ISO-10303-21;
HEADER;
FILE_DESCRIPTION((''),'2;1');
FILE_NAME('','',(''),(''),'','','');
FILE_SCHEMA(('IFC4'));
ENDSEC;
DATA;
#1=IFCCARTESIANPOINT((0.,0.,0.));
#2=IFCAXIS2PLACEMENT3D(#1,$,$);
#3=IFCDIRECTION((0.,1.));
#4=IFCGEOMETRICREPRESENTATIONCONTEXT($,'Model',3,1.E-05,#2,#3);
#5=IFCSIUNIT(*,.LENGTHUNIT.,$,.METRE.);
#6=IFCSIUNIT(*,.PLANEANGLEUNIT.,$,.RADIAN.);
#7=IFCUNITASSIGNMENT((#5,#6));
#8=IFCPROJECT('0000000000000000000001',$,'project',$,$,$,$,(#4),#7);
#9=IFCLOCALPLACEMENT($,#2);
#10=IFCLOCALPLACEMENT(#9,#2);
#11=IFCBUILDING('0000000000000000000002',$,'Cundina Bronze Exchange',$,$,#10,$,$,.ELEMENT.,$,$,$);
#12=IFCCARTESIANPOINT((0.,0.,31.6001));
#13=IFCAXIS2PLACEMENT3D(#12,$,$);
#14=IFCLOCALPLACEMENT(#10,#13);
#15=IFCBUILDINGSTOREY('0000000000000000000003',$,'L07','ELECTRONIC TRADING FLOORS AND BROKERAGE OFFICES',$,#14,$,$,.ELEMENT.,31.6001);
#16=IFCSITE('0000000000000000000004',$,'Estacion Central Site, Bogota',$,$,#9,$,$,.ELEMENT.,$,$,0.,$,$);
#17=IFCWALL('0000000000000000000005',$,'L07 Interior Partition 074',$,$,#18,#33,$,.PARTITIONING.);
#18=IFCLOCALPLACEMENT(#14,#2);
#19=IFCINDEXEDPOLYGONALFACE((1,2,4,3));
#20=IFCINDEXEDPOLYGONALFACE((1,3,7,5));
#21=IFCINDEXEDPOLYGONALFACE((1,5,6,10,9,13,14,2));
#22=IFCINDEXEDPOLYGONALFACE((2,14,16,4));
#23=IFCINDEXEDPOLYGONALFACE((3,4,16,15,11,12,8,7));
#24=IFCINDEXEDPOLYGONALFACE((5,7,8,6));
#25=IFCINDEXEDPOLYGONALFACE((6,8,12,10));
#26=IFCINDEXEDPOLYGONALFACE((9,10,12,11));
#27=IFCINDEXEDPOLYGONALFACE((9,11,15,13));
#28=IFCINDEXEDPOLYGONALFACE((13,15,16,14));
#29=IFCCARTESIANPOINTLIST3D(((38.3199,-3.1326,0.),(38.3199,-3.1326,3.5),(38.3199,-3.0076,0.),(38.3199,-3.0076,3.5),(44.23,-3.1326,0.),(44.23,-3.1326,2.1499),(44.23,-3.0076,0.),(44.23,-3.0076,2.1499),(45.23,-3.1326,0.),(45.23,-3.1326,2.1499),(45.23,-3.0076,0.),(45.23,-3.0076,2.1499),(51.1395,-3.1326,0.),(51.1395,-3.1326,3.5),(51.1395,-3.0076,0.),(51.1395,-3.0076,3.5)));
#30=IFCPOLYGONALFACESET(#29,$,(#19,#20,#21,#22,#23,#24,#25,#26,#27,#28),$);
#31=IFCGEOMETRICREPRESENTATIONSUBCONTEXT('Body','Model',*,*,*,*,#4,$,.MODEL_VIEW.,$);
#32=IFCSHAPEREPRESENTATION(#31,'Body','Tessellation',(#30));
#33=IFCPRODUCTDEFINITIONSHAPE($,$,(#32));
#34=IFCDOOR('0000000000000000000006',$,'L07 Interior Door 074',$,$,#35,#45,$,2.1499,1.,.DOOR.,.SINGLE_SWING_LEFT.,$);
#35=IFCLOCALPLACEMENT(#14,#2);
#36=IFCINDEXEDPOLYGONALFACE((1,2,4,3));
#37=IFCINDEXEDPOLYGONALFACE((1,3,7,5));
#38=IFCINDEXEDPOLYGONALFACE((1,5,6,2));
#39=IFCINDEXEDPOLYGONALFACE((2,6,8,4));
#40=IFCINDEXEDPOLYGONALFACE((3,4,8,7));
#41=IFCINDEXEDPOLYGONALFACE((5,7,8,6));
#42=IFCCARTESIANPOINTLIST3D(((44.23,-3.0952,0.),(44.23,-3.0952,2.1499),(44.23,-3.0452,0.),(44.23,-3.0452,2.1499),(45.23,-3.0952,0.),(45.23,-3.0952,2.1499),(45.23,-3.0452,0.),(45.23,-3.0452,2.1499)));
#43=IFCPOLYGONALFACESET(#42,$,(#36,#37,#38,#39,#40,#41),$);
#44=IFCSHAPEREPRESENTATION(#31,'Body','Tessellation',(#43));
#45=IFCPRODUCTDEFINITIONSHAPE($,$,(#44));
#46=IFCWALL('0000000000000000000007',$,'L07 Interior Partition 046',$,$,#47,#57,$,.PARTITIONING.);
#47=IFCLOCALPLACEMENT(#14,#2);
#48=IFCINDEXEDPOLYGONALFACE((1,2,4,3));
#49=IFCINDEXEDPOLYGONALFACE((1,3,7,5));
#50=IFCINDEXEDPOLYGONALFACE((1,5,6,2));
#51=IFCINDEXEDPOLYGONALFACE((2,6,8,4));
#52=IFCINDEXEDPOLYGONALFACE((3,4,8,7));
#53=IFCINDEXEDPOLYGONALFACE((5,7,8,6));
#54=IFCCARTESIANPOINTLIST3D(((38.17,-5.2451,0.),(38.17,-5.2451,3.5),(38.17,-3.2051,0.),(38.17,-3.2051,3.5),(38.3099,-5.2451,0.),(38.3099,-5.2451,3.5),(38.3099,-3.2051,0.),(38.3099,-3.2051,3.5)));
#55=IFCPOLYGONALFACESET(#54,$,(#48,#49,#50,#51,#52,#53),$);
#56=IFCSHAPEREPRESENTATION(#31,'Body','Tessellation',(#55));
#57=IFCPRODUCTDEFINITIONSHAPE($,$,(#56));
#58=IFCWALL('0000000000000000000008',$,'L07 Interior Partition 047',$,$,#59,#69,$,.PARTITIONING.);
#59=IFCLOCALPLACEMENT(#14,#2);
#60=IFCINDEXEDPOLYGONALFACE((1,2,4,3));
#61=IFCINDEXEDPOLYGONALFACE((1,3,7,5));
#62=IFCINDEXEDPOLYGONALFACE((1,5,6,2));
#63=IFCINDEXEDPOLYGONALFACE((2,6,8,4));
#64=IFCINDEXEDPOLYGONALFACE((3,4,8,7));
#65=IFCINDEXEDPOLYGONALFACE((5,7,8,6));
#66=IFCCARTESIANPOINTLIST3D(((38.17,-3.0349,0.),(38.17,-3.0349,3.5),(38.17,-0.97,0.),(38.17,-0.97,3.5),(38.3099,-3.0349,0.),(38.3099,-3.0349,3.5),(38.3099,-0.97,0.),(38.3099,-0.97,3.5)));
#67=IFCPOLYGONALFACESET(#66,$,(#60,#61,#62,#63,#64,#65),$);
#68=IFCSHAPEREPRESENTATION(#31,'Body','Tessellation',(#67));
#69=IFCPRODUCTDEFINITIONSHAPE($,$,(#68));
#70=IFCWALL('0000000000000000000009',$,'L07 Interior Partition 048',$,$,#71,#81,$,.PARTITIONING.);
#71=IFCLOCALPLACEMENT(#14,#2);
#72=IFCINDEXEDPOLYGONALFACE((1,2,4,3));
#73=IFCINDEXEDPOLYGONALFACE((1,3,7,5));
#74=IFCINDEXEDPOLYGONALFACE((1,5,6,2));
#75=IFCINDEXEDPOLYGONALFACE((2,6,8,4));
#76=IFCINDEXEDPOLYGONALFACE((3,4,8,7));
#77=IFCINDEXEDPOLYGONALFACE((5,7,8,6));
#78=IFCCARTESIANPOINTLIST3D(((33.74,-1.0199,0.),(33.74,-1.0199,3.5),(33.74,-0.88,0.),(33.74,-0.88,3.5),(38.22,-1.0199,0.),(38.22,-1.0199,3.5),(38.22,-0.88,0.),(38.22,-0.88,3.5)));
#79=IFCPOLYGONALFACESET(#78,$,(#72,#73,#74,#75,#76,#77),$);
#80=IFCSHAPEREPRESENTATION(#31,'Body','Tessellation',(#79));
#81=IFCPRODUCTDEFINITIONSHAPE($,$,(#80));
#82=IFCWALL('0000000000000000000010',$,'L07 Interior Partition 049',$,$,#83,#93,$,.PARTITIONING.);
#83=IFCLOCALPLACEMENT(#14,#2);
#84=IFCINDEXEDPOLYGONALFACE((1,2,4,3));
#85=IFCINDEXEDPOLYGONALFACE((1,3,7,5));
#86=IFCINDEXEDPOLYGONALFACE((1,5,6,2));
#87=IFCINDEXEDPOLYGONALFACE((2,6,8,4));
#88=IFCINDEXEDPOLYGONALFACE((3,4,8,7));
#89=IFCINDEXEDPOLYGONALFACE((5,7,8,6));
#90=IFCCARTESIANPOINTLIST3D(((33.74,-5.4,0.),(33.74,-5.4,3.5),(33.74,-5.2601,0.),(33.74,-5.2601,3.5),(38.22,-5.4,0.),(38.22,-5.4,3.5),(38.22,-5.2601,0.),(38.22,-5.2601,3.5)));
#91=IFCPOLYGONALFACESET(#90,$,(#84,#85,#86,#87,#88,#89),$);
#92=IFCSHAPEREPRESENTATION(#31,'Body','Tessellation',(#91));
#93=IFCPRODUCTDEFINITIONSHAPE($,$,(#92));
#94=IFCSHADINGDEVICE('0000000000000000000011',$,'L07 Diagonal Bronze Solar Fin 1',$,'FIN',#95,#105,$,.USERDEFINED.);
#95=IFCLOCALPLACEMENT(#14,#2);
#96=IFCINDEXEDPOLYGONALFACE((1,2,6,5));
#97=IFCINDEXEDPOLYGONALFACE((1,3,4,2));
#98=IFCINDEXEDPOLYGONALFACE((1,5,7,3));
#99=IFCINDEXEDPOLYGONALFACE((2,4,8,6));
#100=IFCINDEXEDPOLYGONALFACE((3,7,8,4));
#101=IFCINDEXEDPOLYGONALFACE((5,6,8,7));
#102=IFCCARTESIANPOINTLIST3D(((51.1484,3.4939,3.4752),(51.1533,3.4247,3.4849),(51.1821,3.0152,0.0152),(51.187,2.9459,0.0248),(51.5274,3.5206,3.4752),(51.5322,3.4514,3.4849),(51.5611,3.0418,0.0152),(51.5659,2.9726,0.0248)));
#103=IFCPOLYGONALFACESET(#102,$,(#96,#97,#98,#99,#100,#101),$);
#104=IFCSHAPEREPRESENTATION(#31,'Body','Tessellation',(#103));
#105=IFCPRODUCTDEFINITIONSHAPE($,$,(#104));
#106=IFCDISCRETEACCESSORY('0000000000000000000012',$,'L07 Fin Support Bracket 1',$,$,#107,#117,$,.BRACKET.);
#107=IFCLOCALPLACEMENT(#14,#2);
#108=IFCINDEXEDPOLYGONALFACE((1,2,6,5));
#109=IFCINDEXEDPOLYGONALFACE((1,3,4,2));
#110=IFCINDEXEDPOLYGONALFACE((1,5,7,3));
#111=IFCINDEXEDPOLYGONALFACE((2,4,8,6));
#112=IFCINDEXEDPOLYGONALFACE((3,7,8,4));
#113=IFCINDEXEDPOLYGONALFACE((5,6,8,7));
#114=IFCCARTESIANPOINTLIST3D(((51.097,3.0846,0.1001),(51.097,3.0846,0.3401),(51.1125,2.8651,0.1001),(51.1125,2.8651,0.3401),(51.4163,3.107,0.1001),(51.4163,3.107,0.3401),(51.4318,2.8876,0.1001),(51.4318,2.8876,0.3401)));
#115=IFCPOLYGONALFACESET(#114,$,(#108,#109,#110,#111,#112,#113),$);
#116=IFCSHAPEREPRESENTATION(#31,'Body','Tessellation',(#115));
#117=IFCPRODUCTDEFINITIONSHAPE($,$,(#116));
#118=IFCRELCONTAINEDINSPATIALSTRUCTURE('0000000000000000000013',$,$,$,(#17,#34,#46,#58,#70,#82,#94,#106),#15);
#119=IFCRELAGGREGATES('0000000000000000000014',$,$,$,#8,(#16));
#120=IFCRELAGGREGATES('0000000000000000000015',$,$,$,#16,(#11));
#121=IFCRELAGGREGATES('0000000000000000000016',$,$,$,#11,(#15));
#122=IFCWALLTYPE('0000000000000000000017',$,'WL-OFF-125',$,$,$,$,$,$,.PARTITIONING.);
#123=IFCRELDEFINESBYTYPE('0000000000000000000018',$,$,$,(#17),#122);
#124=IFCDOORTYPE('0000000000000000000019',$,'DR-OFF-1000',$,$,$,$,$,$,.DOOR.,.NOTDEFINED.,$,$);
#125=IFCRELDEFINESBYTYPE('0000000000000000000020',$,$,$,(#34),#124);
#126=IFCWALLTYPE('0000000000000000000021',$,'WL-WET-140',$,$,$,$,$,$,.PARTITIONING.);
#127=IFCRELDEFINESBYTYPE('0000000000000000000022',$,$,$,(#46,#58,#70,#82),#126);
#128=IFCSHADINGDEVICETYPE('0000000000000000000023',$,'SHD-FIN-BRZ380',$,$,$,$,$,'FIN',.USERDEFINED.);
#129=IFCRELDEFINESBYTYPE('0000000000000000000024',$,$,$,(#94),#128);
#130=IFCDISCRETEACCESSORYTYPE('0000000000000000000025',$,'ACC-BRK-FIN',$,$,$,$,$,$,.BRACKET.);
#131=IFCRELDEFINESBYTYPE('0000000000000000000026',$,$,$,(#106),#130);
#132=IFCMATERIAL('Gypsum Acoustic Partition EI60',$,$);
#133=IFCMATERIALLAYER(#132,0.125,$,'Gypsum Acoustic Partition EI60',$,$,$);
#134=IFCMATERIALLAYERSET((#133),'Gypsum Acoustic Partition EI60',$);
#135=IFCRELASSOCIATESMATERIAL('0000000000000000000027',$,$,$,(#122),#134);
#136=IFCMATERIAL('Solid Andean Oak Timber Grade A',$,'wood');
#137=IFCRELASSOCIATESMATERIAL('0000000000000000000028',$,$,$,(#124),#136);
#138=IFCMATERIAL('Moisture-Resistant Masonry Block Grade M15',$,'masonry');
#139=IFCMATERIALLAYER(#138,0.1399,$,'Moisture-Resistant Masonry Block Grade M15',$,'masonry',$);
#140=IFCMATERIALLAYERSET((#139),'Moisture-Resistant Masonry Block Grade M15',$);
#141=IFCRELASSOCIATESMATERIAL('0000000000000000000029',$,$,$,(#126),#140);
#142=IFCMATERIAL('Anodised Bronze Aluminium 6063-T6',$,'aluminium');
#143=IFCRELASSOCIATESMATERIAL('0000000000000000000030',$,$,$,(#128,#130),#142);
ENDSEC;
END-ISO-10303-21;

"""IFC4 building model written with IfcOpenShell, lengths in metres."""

from ifc_helpers import new_model, si_unit, direction, frame, frame_2d, origin, origin_2d, place, context, subcontext, project, spatial, rectangle, extrude, material, layer, layer_set, material_profile, profile_set, type_object, element, fill, save


model = new_model("IFC4")

# Units and contexts
model_context = context("Model", 3, precision=1e-05, world=origin(), true_north=direction((0.0, 1.0)))
body_context = subcontext(model_context, "Body", "Model", "MODEL_VIEW")
ifc_project = project(units=[si_unit("LENGTHUNIT", "METRE"), si_unit("PLANEANGLEUNIT", "RADIAN")], contexts=[model_context])

# Site, building, storey
site_placement = place(None, origin())
site = spatial("IfcSite", under=ifc_project, at=site_placement, Name="Estacion Central Site, Bogota", CompositionType="ELEMENT", RefElevation=0.0)
building_placement = place(site_placement, origin())
building = spatial("IfcBuilding", under=site, at=building_placement, Name="Cundina Bronze Exchange", CompositionType="ELEMENT")
storey_placement = place(building_placement, frame((0.0, 0.0, 31.6001)))
storey = spatial("IfcBuildingStorey", under=building, at=storey_placement, Name="L07", Description="ELECTRONIC TRADING FLOORS AND BROKERAGE OFFICES", CompositionType="ELEMENT", Elevation=31.6001)

# Shared definitions
ifc_material_1 = material(Name="Anodised Bronze Aluminium 6063-T6", Category="aluminium")

# Shared definitions
ifc_material_2 = material(Name="Solid Andean Oak Timber Grade A", Category="wood")

# Wall, opening, door
ifc_material_3 = material(Name="Gypsum Acoustic Partition EI60")
ifc_layer_1 = layer(ifc_material_3, 0.125, Name="Gypsum Acoustic Partition EI60")
ifc_layer_set_1 = layer_set([ifc_layer_1], Name="Gypsum Acoustic Partition EI60")
wall_type_1 = type_object("IfcWallType", Name="WL-OFF-125", PredefinedType="PARTITIONING", material=ifc_layer_set_1)
wall_1_placement = place(storey_placement, frame((38.3201, -3.0701, 0.0), z_axis=(0.0, 0.0, 1.0), x_axis=(1.0, 0.0, 0.0)))
wall_1 = element("IfcWall", 1, at=wall_1_placement, inside=storey, type_object=wall_type_1, Name="L07 Interior Partition 074", PredefinedType="PARTITIONING", context=body_context, shape_type="SweptSolid", body=[
    extrude(rectangle(XDim=12.8196, YDim=0.125, at=frame_2d((6.4097, 0.0))), origin(), (0.0, 0.0, 1.0), 3.5),
])
opening_1_placement = place(wall_1_placement, frame((5.9099, 0.0, 0.0)))
opening_1 = element("IfcOpeningElement", 2, at=opening_1_placement, cuts=wall_1, PredefinedType="OPENING", context=body_context, shape_type="SweptSolid", body=[
    extrude(rectangle(XDim=1.0, YDim=2.1499, at=frame_2d((0.5, 1.075))), frame((0.0, 0.0725, 0.0), z_axis=(0.0, -1.0, 0.0), x_axis=(1.0, 0.0, 0.0)), (0.0, 0.0, 1.0), 0.145),
])
door_type_1 = type_object("IfcDoorType", Name="DR-OFF-1000", OperationType="NOTDEFINED", PredefinedType="DOOR", material=ifc_material_2)
door_1_placement = place(opening_1_placement, origin())
door_1 = element("IfcDoor", 3, at=door_1_placement, inside=storey, type_object=door_type_1, Name="L07 Interior Door 074", OperationType="SINGLE_SWING_LEFT", OverallHeight=2.1499, OverallWidth=1.0, PredefinedType="DOOR", context=body_context, shape_type="SweptSolid", body=[
    extrude(rectangle(XDim=1.0, YDim=2.1499, at=frame_2d((0.5, 1.075))), frame((0.0, 0.0249, 0.0), z_axis=(0.0, -1.0, 0.0), x_axis=(1.0, 0.0, 0.0)), (0.0, 0.0, 1.0), 0.05),
])
fill(opening_1, door_1)

# Walls
ifc_material_4 = material(Name="Moisture-Resistant Masonry Block Grade M15", Category="masonry")
ifc_layer_2 = layer(ifc_material_4, 0.1399, Name="Moisture-Resistant Masonry Block Grade M15", Category="masonry")
ifc_layer_set_2 = layer_set([ifc_layer_2], Name="Moisture-Resistant Masonry Block Grade M15")
wall_type_2 = type_object("IfcWallType", Name="WL-WET-140", PredefinedType="PARTITIONING", material=ifc_layer_set_2)
wall_2_placement = place(storey_placement, frame((38.24, -5.2451, 0.0), z_axis=(0.0, 0.0, 1.0), x_axis=(0.0, 1.0, 0.0)))
element("IfcWall", 4, at=wall_2_placement, inside=storey, type_object=wall_type_2, Name="L07 Interior Partition 046", PredefinedType="PARTITIONING", context=body_context, shape_type="SweptSolid", body=[
    extrude(rectangle(XDim=2.04, YDim=0.1399, at=frame_2d((1.02, 0.0))), origin(), (0.0, 0.0, 1.0), 3.5),
])
wall_3_placement = place(storey_placement, frame((38.24, -3.0349, 0.0), z_axis=(0.0, 0.0, 1.0), x_axis=(0.0, 1.0, 0.0)))
element("IfcWall", 5, at=wall_3_placement, inside=storey, type_object=wall_type_2, Name="L07 Interior Partition 047", PredefinedType="PARTITIONING", context=body_context, shape_type="SweptSolid", body=[
    extrude(rectangle(XDim=2.0649, YDim=0.1399, at=frame_2d((1.0325, 0.0))), origin(), (0.0, 0.0, 1.0), 3.5),
])
for number, where, z_axis, x_axis, name in (
    (6, (33.74, -0.95, 0.0), (0.0, 0.0, 1.0), (1.0, 0.0, 0.0), "L07 Interior Partition 048"),
    (7, (33.74, -5.3301, 0.0), (0.0, 0.0, 1.0), (1.0, 0.0, 0.0), "L07 Interior Partition 049"),
):
    element("IfcWall", number, at=place(storey_placement, frame(where, z_axis=z_axis, x_axis=x_axis)), inside=storey, type_object=wall_type_2, Name=name, PredefinedType="PARTITIONING", context=body_context, shape_type="SweptSolid", body=[
        extrude(rectangle(XDim=4.48, YDim=0.1399, at=frame_2d((2.24, 0.0))), origin(), (0.0, 0.0, 1.0), 3.5),
    ])

# Shading device
ifc_material_profile_1 = material_profile(ifc_material_1, rectangle(XDim=0.0701, YDim=0.3799, at=origin_2d()), Name="FIN70X380", Category="aluminium")
ifc_profile_set_1 = profile_set([ifc_material_profile_1], Name="Anodised Bronze Aluminium 6063-T6")
shading_device_type = type_object("IfcShadingDeviceType", Name="SHD-FIN-BRZ380", ElementType="FIN", PredefinedType="USERDEFINED", material=ifc_profile_set_1)
shading_device_placement = place(storey_placement, frame((51.374, 2.9939, 0.02), z_axis=(-0.009645, 0.137059, 0.990516), x_axis=(0.069533, -0.988072, 0.137398)))
element("IfcShadingDevice", 8, at=shading_device_placement, inside=storey, type_object=shading_device_type, Name="L07 Diagonal Bronze Solar Fin 1", ObjectType="FIN", PredefinedType="USERDEFINED", context=body_context, shape_type="SweptSolid", body=[
    extrude(rectangle(XDim=0.0701, YDim=0.3799, at=origin_2d()), origin(), (0.0, 0.0, 1.0), 3.4932),
])

# Discrete accessory
discrete_accessory_type = type_object("IfcDiscreteAccessoryType", Name="ACC-BRK-FIN", PredefinedType="BRACKET", material=ifc_material_1)
discrete_accessory_placement = place(storey_placement, frame((51.2644, 2.9861, 0.1001), z_axis=(0.0, 0.0, 1.0), x_axis=(-0.070279, 0.997527, 0.0)))
element("IfcDiscreteAccessory", 9, at=discrete_accessory_placement, inside=storey, type_object=discrete_accessory_type, Name="L07 Fin Support Bracket 1", PredefinedType="BRACKET", context=body_context, shape_type="SweptSolid", body=[
    extrude(rectangle(XDim=0.22, YDim=0.3201, at=origin_2d()), origin(), (0.0, 0.0, 1.0), 0.24),
])

save(model, "model.ifc")
